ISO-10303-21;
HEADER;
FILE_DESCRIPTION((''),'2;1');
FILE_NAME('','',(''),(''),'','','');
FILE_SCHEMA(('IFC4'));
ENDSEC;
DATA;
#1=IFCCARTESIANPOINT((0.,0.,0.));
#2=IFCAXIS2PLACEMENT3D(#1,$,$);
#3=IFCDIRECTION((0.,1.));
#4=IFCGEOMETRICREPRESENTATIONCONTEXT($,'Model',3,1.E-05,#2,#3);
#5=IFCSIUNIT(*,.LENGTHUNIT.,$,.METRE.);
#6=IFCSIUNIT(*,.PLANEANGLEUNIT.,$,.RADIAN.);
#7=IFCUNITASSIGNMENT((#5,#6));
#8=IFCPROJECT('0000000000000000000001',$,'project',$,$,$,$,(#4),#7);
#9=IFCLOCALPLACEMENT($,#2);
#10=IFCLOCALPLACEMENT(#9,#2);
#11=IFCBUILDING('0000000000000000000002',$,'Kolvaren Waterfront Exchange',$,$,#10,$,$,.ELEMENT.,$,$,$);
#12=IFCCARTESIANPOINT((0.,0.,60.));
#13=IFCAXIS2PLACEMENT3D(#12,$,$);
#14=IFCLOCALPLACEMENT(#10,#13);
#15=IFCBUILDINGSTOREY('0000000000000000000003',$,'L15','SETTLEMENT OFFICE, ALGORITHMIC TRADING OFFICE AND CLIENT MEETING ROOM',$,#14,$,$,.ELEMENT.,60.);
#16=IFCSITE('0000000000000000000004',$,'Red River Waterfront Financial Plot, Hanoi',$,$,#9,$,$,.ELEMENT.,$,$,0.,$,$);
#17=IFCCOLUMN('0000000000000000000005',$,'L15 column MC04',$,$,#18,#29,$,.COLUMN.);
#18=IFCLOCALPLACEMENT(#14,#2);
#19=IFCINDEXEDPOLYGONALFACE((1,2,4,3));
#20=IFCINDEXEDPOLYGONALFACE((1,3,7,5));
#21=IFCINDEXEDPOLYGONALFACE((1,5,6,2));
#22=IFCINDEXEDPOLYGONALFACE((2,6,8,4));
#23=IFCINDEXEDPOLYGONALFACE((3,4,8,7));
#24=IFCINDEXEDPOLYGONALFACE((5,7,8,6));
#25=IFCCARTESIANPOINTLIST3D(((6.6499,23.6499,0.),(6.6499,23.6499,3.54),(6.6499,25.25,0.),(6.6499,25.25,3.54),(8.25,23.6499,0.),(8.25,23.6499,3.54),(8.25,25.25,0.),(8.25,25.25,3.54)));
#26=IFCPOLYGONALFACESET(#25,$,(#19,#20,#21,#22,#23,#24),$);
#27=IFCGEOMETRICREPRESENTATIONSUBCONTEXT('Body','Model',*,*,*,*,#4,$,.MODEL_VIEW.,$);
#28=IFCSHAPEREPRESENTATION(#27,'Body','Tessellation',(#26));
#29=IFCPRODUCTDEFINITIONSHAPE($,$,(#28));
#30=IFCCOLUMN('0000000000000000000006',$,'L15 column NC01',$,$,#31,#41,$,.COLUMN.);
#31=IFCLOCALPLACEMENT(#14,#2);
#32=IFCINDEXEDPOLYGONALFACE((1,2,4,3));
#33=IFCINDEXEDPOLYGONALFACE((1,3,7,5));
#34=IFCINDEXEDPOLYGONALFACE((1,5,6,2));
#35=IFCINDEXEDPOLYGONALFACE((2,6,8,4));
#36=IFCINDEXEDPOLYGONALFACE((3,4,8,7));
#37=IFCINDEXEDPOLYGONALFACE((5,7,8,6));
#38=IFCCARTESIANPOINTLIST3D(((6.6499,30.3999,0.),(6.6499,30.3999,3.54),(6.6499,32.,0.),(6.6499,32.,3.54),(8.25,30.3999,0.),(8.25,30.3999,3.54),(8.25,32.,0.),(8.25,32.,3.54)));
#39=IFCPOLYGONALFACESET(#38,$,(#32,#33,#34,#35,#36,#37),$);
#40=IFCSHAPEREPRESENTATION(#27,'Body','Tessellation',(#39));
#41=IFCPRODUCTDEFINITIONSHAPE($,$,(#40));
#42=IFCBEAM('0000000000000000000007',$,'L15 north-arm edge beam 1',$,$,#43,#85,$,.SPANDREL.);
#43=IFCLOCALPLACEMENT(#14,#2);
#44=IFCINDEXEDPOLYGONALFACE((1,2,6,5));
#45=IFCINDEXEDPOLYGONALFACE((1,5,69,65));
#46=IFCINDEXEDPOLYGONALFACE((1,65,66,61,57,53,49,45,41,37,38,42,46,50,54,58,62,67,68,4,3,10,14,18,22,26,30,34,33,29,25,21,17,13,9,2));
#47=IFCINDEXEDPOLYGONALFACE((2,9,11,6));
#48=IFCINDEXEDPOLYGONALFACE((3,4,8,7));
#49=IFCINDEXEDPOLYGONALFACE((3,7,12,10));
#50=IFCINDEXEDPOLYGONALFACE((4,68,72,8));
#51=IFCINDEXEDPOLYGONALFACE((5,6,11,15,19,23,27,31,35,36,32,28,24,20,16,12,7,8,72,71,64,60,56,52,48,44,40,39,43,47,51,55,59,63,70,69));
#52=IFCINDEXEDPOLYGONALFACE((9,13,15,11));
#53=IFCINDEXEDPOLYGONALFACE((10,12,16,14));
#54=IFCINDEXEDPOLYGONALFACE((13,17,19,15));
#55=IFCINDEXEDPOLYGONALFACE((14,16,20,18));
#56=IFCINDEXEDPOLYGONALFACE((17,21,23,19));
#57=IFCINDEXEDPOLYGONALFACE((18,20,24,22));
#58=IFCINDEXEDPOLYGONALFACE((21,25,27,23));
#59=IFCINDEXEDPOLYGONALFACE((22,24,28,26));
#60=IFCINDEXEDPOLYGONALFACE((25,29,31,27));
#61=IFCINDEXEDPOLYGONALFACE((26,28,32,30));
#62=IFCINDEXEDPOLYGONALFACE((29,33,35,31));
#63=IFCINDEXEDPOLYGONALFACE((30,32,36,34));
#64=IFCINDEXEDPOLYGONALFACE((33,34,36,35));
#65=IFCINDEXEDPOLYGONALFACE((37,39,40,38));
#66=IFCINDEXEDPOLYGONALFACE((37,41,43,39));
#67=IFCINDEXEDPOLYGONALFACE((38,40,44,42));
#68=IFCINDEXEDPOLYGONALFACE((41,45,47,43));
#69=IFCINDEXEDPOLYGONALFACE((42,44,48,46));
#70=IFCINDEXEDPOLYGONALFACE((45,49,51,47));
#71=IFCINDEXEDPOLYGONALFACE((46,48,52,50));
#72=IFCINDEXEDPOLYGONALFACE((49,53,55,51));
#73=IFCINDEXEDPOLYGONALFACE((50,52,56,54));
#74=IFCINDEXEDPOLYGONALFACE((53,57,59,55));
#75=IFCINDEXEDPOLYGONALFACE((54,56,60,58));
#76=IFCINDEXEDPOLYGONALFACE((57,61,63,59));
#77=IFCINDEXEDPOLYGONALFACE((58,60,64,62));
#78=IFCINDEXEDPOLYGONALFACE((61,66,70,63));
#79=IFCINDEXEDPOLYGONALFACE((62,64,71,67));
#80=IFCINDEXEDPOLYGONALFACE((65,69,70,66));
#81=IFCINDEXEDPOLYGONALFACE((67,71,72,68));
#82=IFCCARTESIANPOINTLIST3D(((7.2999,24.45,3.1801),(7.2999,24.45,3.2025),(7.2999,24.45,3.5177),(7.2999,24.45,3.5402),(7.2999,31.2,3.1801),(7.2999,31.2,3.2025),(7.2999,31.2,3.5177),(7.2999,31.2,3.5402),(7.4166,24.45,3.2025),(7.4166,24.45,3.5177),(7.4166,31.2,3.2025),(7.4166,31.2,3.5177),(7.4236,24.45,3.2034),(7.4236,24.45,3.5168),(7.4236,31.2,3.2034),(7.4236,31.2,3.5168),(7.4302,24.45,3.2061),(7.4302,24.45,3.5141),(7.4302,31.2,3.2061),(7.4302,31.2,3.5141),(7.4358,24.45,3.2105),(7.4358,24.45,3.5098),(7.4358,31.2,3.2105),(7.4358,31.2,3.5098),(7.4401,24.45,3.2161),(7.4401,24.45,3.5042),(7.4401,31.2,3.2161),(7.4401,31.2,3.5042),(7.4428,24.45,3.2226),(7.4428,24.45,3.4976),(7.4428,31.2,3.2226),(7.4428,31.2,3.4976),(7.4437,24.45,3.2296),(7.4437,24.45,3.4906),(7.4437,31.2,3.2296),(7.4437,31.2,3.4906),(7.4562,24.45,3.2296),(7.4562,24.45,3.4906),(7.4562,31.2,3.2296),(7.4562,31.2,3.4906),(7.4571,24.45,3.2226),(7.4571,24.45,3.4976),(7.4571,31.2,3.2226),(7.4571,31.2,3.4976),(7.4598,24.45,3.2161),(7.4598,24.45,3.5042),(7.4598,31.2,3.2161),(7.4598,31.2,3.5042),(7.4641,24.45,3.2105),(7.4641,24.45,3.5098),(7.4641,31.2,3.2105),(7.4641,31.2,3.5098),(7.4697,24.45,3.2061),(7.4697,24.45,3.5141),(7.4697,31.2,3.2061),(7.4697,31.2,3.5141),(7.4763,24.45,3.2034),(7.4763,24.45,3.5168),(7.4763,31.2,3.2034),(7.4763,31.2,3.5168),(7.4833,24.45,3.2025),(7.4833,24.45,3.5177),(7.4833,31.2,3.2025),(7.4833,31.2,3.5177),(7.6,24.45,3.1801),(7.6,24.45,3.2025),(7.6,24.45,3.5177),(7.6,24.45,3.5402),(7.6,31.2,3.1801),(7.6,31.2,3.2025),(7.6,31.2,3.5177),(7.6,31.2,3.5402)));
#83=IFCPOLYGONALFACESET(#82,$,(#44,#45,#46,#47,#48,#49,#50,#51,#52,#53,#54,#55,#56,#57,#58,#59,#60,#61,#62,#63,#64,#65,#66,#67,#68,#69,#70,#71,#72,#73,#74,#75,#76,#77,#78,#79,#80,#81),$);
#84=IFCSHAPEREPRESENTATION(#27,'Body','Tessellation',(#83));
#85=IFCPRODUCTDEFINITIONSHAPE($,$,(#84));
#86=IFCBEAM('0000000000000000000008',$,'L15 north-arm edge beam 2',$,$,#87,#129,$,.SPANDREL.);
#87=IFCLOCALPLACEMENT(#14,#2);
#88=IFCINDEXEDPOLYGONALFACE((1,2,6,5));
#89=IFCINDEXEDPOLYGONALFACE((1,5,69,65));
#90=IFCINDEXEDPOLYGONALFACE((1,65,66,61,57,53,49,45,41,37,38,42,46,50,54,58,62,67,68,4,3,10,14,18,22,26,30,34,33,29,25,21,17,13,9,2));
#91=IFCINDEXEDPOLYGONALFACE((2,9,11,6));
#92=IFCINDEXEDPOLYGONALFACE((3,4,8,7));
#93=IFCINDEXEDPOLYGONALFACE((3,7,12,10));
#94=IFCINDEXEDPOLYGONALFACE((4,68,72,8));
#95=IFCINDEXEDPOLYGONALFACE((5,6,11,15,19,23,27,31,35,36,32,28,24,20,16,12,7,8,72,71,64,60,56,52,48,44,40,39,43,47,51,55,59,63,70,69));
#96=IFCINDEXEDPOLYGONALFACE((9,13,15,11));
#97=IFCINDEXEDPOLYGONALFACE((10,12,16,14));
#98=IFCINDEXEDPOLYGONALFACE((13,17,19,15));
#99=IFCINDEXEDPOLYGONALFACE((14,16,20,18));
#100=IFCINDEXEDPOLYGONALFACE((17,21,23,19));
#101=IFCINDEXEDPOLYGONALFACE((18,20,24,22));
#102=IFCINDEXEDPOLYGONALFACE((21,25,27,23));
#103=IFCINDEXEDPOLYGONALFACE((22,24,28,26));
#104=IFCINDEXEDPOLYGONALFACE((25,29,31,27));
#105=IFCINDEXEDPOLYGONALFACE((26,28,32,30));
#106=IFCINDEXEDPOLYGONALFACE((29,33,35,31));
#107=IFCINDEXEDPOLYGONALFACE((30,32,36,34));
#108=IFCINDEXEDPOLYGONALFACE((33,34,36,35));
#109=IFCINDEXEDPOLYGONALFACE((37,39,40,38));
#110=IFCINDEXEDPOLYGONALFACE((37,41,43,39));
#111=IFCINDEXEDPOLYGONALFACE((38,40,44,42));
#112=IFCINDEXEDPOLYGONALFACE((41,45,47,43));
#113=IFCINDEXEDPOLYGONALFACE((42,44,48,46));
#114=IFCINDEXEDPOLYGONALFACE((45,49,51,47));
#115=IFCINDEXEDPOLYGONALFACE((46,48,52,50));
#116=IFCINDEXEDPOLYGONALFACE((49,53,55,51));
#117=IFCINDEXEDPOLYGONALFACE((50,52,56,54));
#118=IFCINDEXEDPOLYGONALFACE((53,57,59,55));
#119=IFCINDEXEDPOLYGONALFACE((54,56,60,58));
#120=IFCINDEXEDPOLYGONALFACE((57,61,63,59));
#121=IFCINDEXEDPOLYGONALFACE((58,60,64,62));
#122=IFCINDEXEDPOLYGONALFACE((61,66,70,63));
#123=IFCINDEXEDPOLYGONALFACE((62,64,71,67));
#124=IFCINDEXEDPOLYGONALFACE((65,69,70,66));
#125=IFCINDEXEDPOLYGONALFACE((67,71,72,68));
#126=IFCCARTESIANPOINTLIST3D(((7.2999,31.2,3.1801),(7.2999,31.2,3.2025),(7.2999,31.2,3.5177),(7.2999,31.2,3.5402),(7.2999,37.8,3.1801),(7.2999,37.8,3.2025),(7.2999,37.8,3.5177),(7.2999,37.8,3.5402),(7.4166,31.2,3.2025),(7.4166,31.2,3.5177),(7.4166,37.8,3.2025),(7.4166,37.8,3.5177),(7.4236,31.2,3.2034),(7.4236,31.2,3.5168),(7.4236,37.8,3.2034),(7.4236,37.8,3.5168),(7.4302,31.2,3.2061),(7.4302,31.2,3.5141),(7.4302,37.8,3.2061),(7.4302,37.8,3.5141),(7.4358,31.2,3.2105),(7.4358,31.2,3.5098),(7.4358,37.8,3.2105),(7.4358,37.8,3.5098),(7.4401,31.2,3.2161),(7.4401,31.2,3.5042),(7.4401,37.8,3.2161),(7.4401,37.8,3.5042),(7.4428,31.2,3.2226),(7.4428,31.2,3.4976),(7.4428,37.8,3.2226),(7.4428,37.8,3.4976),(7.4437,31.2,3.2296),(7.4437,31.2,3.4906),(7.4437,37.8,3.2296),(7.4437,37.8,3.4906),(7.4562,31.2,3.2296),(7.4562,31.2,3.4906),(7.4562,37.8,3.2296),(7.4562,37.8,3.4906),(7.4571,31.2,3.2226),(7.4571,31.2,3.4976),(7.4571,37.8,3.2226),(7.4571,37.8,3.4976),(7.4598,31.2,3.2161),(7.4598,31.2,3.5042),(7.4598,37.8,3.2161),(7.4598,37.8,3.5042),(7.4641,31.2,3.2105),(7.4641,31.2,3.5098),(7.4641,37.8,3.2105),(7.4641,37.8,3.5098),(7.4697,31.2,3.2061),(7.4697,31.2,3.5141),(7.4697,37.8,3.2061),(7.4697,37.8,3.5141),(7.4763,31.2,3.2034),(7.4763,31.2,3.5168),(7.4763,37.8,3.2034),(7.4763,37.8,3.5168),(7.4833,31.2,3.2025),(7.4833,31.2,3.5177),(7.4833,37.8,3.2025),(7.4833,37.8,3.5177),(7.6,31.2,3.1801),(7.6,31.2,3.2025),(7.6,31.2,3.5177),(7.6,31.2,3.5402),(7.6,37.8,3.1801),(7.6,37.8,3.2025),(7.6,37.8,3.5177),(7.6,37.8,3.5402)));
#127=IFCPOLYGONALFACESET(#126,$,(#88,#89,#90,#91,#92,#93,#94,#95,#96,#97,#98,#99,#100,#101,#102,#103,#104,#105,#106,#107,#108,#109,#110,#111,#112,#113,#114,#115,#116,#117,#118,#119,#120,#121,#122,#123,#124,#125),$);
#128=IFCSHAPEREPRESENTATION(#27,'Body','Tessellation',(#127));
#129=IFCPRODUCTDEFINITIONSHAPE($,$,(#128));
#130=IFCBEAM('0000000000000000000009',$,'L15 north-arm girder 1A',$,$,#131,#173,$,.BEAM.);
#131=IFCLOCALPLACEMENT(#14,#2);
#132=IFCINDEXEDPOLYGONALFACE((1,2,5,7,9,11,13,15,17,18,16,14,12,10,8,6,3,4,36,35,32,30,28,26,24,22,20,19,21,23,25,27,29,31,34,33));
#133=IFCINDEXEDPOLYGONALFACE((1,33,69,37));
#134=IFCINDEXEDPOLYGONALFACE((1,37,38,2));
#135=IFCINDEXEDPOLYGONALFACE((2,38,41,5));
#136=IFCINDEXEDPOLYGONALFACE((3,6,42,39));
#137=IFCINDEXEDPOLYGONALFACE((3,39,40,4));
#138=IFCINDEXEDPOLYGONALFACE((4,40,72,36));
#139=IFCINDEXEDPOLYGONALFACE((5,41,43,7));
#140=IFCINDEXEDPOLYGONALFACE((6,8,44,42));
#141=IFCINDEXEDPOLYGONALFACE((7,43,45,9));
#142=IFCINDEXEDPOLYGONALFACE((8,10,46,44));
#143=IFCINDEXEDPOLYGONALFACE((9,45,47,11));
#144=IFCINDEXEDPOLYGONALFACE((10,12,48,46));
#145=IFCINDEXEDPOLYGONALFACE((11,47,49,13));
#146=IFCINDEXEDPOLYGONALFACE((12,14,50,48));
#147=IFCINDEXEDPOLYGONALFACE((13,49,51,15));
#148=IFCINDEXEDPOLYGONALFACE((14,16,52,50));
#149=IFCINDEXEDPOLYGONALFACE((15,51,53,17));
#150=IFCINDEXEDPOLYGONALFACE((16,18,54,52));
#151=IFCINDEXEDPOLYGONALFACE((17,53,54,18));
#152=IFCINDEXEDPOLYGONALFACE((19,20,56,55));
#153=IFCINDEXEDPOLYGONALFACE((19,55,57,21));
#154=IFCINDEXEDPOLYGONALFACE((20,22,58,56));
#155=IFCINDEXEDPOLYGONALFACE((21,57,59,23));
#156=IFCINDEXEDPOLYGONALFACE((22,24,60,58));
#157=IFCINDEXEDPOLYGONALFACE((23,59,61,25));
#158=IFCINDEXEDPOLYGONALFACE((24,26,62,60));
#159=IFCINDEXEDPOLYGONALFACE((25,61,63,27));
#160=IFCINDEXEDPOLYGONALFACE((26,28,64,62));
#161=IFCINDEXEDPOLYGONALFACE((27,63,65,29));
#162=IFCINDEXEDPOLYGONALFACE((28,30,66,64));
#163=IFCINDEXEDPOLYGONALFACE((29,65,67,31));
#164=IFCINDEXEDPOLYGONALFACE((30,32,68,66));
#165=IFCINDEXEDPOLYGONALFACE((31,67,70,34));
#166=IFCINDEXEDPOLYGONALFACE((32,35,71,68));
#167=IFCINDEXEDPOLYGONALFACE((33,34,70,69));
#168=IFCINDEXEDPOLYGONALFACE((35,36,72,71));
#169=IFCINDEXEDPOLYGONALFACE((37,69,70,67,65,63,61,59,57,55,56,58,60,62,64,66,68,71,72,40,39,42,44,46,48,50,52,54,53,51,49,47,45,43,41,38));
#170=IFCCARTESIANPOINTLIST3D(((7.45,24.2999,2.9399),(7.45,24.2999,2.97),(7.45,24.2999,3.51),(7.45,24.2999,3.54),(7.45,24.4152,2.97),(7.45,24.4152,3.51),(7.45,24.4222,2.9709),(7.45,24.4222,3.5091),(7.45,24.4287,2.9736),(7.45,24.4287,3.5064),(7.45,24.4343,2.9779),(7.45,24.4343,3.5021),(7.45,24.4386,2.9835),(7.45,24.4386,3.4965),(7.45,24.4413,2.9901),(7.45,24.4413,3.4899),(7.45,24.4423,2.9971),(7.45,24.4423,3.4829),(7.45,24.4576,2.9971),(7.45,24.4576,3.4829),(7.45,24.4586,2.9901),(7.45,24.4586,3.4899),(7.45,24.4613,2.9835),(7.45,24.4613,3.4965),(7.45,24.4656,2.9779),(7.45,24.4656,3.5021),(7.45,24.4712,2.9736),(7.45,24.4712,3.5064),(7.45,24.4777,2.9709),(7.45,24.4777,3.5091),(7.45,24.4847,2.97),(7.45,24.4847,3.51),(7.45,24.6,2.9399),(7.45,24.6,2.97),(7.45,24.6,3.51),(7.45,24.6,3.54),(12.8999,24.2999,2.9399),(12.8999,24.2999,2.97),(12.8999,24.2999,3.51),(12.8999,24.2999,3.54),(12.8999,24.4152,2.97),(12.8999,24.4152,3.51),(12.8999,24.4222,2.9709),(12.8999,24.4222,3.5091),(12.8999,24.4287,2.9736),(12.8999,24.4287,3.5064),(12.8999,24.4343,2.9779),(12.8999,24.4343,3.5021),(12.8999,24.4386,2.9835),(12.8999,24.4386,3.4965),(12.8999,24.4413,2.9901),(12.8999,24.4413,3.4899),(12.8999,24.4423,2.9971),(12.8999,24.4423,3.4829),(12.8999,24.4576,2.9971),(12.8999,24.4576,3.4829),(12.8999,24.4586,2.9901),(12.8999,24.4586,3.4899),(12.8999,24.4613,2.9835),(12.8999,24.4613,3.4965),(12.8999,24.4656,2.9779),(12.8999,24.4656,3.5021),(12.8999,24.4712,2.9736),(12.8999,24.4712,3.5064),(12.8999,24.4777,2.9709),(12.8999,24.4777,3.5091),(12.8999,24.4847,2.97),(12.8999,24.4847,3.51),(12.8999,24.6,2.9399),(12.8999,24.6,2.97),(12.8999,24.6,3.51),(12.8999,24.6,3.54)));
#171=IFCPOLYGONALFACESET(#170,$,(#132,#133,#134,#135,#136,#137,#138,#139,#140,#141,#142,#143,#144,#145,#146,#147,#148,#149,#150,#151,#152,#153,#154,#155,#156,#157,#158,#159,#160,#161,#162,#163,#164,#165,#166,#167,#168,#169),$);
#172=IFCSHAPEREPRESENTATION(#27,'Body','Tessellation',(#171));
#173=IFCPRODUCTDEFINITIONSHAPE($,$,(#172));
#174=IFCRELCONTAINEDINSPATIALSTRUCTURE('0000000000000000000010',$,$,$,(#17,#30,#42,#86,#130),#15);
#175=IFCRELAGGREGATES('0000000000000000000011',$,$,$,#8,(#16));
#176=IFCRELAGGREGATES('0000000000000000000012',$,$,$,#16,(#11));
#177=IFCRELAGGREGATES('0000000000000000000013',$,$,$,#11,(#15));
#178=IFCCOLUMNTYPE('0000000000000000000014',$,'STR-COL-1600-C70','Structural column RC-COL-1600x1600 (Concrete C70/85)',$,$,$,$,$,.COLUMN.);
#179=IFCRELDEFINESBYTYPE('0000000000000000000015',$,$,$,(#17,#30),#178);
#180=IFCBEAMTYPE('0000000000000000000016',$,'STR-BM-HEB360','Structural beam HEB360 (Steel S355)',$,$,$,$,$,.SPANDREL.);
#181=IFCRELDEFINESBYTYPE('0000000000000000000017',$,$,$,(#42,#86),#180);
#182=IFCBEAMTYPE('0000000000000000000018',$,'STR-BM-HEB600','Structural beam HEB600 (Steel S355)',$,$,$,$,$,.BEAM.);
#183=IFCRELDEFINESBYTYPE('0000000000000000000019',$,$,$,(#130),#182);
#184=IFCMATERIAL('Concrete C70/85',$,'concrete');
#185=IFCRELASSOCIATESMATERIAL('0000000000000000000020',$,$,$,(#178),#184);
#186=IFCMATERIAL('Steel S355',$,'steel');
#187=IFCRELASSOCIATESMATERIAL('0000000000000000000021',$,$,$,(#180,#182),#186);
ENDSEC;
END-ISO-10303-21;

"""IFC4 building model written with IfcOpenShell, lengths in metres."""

from ifc_helpers import new_model, si_unit, direction, frame, origin, origin_2d, place, context, subcontext, project, spatial, rectangle, i_section, extrude, material, material_profile, profile_set, type_object, element, save


model = new_model("IFC4")

# Units and contexts
model_context = context("Model", 3, precision=1e-05, world=origin(), true_north=direction((0.0, 1.0)))
body_context = subcontext(model_context, "Body", "Model", "MODEL_VIEW")
ifc_project = project(units=[si_unit("LENGTHUNIT", "METRE"), si_unit("PLANEANGLEUNIT", "RADIAN")], contexts=[model_context])

# Site, building, storey
site_placement = place(None, origin())
site = spatial("IfcSite", under=ifc_project, at=site_placement, Name="Red River Waterfront Financial Plot, Hanoi", CompositionType="ELEMENT", RefElevation=0.0)
building_placement = place(site_placement, origin())
building = spatial("IfcBuilding", under=site, at=building_placement, Name="Kolvaren Waterfront Exchange", CompositionType="ELEMENT")
storey_placement = place(building_placement, frame((0.0, 0.0, 60.0)))
storey = spatial("IfcBuildingStorey", under=building, at=storey_placement, Name="L15", Description="SETTLEMENT OFFICE, ALGORITHMIC TRADING OFFICE AND CLIENT MEETING ROOM", CompositionType="ELEMENT", Elevation=60.0)

# Columns
ifc_material_1 = material(Name="Concrete C70/85", Category="concrete")
ifc_material_profile_1 = material_profile(ifc_material_1, rectangle(XDim=1.6001, YDim=1.6001, at=origin_2d()), Name="RC-COL-1600x1600")
ifc_profile_set_1 = profile_set([ifc_material_profile_1], Name="Concrete C70/85")
column_type = type_object("IfcColumnType", Name="STR-COL-1600-C70", Description="Structural column RC-COL-1600x1600 (Concrete C70/85)", PredefinedType="COLUMN", material=ifc_profile_set_1)
for number, where, z_axis, x_axis, name in (
    (1, (7.45, 24.45, 0.0), (0.0, 0.0, 1.0), (1.0, 0.0, 0.0), "L15 column MC04"),
    (2, (7.45, 31.2, 0.0), (0.0, 0.0, 1.0), (1.0, 0.0, 0.0), "L15 column NC01"),
):
    element("IfcColumn", number, at=place(storey_placement, frame(where, z_axis=z_axis, x_axis=x_axis)), inside=storey, type_object=column_type, Name=name, PredefinedType="COLUMN", context=body_context, shape_type="SweptSolid", body=[
        extrude(rectangle(XDim=1.6001, YDim=1.6001, at=origin_2d()), origin(), (0.0, 0.0, 1.0), 3.54),
    ])

# Beams
ifc_material_2 = material(Name="Steel S355", Category="steel")
ifc_material_profile_2 = material_profile(ifc_material_2, i_section(OverallWidth=0.3, OverallDepth=0.3601, WebThickness=0.0125, FlangeThickness=0.0225, FilletRadius=0.0271, at=origin_2d()), Name="HEB360")
ifc_profile_set_2 = profile_set([ifc_material_profile_2], Name="Steel S355")
beam_type_1 = type_object("IfcBeamType", Name="STR-BM-HEB360", Description="Structural beam HEB360 (Steel S355)", PredefinedType="SPANDREL", material=ifc_profile_set_2)
beam_1_placement = place(storey_placement, frame((7.45, 24.45, 3.3601), z_axis=(0.0, 1.0, 0.0), x_axis=(-1.0, 0.0, 0.0)))
element("IfcBeam", 3, at=beam_1_placement, inside=storey, type_object=beam_type_1, Name="L15 north-arm edge beam 1", PredefinedType="SPANDREL", context=body_context, shape_type="SweptSolid", body=[
    extrude(i_section(OverallWidth=0.3, OverallDepth=0.3601, WebThickness=0.0125, FlangeThickness=0.0225, FilletRadius=0.0271, at=origin_2d()), origin(), (0.0, 0.0, 1.0), 6.75),
])
beam_2_placement = place(storey_placement, frame((7.45, 31.2, 3.3601), z_axis=(0.0, 1.0, 0.0), x_axis=(-1.0, 0.0, 0.0)))
element("IfcBeam", 4, at=beam_2_placement, inside=storey, type_object=beam_type_1, Name="L15 north-arm edge beam 2", PredefinedType="SPANDREL", context=body_context, shape_type="SweptSolid", body=[
    extrude(i_section(OverallWidth=0.3, OverallDepth=0.3601, WebThickness=0.0125, FlangeThickness=0.0225, FilletRadius=0.0271, at=origin_2d()), origin(), (0.0, 0.0, 1.0), 6.6001),
])
ifc_material_profile_3 = material_profile(ifc_material_2, i_section(OverallWidth=0.3, OverallDepth=0.6001, WebThickness=0.0154, FlangeThickness=0.03, FilletRadius=0.0271, at=origin_2d()), Name="HEB600")
ifc_profile_set_3 = profile_set([ifc_material_profile_3], Name="Steel S355")
beam_type_2 = type_object("IfcBeamType", Name="STR-BM-HEB600", Description="Structural beam HEB600 (Steel S355)", PredefinedType="BEAM", material=ifc_profile_set_3)
for number, where, z_axis, x_axis, name in (
    (5, (7.45, 24.45, 3.24), (1.0, 0.0, 0.0), (0.0, 1.0, 0.0), "L15 north-arm girder 1A"),
):
    element("IfcBeam", number, at=place(storey_placement, frame(where, z_axis=z_axis, x_axis=x_axis)), inside=storey, type_object=beam_type_2, Name=name, PredefinedType="BEAM", context=body_context, shape_type="SweptSolid", body=[
        extrude(i_section(OverallWidth=0.3, OverallDepth=0.6001, WebThickness=0.0154, FlangeThickness=0.03, FilletRadius=0.0271, at=origin_2d()), origin(), (0.0, 0.0, 1.0), 5.45),
    ])

save(model, "model.ifc")
